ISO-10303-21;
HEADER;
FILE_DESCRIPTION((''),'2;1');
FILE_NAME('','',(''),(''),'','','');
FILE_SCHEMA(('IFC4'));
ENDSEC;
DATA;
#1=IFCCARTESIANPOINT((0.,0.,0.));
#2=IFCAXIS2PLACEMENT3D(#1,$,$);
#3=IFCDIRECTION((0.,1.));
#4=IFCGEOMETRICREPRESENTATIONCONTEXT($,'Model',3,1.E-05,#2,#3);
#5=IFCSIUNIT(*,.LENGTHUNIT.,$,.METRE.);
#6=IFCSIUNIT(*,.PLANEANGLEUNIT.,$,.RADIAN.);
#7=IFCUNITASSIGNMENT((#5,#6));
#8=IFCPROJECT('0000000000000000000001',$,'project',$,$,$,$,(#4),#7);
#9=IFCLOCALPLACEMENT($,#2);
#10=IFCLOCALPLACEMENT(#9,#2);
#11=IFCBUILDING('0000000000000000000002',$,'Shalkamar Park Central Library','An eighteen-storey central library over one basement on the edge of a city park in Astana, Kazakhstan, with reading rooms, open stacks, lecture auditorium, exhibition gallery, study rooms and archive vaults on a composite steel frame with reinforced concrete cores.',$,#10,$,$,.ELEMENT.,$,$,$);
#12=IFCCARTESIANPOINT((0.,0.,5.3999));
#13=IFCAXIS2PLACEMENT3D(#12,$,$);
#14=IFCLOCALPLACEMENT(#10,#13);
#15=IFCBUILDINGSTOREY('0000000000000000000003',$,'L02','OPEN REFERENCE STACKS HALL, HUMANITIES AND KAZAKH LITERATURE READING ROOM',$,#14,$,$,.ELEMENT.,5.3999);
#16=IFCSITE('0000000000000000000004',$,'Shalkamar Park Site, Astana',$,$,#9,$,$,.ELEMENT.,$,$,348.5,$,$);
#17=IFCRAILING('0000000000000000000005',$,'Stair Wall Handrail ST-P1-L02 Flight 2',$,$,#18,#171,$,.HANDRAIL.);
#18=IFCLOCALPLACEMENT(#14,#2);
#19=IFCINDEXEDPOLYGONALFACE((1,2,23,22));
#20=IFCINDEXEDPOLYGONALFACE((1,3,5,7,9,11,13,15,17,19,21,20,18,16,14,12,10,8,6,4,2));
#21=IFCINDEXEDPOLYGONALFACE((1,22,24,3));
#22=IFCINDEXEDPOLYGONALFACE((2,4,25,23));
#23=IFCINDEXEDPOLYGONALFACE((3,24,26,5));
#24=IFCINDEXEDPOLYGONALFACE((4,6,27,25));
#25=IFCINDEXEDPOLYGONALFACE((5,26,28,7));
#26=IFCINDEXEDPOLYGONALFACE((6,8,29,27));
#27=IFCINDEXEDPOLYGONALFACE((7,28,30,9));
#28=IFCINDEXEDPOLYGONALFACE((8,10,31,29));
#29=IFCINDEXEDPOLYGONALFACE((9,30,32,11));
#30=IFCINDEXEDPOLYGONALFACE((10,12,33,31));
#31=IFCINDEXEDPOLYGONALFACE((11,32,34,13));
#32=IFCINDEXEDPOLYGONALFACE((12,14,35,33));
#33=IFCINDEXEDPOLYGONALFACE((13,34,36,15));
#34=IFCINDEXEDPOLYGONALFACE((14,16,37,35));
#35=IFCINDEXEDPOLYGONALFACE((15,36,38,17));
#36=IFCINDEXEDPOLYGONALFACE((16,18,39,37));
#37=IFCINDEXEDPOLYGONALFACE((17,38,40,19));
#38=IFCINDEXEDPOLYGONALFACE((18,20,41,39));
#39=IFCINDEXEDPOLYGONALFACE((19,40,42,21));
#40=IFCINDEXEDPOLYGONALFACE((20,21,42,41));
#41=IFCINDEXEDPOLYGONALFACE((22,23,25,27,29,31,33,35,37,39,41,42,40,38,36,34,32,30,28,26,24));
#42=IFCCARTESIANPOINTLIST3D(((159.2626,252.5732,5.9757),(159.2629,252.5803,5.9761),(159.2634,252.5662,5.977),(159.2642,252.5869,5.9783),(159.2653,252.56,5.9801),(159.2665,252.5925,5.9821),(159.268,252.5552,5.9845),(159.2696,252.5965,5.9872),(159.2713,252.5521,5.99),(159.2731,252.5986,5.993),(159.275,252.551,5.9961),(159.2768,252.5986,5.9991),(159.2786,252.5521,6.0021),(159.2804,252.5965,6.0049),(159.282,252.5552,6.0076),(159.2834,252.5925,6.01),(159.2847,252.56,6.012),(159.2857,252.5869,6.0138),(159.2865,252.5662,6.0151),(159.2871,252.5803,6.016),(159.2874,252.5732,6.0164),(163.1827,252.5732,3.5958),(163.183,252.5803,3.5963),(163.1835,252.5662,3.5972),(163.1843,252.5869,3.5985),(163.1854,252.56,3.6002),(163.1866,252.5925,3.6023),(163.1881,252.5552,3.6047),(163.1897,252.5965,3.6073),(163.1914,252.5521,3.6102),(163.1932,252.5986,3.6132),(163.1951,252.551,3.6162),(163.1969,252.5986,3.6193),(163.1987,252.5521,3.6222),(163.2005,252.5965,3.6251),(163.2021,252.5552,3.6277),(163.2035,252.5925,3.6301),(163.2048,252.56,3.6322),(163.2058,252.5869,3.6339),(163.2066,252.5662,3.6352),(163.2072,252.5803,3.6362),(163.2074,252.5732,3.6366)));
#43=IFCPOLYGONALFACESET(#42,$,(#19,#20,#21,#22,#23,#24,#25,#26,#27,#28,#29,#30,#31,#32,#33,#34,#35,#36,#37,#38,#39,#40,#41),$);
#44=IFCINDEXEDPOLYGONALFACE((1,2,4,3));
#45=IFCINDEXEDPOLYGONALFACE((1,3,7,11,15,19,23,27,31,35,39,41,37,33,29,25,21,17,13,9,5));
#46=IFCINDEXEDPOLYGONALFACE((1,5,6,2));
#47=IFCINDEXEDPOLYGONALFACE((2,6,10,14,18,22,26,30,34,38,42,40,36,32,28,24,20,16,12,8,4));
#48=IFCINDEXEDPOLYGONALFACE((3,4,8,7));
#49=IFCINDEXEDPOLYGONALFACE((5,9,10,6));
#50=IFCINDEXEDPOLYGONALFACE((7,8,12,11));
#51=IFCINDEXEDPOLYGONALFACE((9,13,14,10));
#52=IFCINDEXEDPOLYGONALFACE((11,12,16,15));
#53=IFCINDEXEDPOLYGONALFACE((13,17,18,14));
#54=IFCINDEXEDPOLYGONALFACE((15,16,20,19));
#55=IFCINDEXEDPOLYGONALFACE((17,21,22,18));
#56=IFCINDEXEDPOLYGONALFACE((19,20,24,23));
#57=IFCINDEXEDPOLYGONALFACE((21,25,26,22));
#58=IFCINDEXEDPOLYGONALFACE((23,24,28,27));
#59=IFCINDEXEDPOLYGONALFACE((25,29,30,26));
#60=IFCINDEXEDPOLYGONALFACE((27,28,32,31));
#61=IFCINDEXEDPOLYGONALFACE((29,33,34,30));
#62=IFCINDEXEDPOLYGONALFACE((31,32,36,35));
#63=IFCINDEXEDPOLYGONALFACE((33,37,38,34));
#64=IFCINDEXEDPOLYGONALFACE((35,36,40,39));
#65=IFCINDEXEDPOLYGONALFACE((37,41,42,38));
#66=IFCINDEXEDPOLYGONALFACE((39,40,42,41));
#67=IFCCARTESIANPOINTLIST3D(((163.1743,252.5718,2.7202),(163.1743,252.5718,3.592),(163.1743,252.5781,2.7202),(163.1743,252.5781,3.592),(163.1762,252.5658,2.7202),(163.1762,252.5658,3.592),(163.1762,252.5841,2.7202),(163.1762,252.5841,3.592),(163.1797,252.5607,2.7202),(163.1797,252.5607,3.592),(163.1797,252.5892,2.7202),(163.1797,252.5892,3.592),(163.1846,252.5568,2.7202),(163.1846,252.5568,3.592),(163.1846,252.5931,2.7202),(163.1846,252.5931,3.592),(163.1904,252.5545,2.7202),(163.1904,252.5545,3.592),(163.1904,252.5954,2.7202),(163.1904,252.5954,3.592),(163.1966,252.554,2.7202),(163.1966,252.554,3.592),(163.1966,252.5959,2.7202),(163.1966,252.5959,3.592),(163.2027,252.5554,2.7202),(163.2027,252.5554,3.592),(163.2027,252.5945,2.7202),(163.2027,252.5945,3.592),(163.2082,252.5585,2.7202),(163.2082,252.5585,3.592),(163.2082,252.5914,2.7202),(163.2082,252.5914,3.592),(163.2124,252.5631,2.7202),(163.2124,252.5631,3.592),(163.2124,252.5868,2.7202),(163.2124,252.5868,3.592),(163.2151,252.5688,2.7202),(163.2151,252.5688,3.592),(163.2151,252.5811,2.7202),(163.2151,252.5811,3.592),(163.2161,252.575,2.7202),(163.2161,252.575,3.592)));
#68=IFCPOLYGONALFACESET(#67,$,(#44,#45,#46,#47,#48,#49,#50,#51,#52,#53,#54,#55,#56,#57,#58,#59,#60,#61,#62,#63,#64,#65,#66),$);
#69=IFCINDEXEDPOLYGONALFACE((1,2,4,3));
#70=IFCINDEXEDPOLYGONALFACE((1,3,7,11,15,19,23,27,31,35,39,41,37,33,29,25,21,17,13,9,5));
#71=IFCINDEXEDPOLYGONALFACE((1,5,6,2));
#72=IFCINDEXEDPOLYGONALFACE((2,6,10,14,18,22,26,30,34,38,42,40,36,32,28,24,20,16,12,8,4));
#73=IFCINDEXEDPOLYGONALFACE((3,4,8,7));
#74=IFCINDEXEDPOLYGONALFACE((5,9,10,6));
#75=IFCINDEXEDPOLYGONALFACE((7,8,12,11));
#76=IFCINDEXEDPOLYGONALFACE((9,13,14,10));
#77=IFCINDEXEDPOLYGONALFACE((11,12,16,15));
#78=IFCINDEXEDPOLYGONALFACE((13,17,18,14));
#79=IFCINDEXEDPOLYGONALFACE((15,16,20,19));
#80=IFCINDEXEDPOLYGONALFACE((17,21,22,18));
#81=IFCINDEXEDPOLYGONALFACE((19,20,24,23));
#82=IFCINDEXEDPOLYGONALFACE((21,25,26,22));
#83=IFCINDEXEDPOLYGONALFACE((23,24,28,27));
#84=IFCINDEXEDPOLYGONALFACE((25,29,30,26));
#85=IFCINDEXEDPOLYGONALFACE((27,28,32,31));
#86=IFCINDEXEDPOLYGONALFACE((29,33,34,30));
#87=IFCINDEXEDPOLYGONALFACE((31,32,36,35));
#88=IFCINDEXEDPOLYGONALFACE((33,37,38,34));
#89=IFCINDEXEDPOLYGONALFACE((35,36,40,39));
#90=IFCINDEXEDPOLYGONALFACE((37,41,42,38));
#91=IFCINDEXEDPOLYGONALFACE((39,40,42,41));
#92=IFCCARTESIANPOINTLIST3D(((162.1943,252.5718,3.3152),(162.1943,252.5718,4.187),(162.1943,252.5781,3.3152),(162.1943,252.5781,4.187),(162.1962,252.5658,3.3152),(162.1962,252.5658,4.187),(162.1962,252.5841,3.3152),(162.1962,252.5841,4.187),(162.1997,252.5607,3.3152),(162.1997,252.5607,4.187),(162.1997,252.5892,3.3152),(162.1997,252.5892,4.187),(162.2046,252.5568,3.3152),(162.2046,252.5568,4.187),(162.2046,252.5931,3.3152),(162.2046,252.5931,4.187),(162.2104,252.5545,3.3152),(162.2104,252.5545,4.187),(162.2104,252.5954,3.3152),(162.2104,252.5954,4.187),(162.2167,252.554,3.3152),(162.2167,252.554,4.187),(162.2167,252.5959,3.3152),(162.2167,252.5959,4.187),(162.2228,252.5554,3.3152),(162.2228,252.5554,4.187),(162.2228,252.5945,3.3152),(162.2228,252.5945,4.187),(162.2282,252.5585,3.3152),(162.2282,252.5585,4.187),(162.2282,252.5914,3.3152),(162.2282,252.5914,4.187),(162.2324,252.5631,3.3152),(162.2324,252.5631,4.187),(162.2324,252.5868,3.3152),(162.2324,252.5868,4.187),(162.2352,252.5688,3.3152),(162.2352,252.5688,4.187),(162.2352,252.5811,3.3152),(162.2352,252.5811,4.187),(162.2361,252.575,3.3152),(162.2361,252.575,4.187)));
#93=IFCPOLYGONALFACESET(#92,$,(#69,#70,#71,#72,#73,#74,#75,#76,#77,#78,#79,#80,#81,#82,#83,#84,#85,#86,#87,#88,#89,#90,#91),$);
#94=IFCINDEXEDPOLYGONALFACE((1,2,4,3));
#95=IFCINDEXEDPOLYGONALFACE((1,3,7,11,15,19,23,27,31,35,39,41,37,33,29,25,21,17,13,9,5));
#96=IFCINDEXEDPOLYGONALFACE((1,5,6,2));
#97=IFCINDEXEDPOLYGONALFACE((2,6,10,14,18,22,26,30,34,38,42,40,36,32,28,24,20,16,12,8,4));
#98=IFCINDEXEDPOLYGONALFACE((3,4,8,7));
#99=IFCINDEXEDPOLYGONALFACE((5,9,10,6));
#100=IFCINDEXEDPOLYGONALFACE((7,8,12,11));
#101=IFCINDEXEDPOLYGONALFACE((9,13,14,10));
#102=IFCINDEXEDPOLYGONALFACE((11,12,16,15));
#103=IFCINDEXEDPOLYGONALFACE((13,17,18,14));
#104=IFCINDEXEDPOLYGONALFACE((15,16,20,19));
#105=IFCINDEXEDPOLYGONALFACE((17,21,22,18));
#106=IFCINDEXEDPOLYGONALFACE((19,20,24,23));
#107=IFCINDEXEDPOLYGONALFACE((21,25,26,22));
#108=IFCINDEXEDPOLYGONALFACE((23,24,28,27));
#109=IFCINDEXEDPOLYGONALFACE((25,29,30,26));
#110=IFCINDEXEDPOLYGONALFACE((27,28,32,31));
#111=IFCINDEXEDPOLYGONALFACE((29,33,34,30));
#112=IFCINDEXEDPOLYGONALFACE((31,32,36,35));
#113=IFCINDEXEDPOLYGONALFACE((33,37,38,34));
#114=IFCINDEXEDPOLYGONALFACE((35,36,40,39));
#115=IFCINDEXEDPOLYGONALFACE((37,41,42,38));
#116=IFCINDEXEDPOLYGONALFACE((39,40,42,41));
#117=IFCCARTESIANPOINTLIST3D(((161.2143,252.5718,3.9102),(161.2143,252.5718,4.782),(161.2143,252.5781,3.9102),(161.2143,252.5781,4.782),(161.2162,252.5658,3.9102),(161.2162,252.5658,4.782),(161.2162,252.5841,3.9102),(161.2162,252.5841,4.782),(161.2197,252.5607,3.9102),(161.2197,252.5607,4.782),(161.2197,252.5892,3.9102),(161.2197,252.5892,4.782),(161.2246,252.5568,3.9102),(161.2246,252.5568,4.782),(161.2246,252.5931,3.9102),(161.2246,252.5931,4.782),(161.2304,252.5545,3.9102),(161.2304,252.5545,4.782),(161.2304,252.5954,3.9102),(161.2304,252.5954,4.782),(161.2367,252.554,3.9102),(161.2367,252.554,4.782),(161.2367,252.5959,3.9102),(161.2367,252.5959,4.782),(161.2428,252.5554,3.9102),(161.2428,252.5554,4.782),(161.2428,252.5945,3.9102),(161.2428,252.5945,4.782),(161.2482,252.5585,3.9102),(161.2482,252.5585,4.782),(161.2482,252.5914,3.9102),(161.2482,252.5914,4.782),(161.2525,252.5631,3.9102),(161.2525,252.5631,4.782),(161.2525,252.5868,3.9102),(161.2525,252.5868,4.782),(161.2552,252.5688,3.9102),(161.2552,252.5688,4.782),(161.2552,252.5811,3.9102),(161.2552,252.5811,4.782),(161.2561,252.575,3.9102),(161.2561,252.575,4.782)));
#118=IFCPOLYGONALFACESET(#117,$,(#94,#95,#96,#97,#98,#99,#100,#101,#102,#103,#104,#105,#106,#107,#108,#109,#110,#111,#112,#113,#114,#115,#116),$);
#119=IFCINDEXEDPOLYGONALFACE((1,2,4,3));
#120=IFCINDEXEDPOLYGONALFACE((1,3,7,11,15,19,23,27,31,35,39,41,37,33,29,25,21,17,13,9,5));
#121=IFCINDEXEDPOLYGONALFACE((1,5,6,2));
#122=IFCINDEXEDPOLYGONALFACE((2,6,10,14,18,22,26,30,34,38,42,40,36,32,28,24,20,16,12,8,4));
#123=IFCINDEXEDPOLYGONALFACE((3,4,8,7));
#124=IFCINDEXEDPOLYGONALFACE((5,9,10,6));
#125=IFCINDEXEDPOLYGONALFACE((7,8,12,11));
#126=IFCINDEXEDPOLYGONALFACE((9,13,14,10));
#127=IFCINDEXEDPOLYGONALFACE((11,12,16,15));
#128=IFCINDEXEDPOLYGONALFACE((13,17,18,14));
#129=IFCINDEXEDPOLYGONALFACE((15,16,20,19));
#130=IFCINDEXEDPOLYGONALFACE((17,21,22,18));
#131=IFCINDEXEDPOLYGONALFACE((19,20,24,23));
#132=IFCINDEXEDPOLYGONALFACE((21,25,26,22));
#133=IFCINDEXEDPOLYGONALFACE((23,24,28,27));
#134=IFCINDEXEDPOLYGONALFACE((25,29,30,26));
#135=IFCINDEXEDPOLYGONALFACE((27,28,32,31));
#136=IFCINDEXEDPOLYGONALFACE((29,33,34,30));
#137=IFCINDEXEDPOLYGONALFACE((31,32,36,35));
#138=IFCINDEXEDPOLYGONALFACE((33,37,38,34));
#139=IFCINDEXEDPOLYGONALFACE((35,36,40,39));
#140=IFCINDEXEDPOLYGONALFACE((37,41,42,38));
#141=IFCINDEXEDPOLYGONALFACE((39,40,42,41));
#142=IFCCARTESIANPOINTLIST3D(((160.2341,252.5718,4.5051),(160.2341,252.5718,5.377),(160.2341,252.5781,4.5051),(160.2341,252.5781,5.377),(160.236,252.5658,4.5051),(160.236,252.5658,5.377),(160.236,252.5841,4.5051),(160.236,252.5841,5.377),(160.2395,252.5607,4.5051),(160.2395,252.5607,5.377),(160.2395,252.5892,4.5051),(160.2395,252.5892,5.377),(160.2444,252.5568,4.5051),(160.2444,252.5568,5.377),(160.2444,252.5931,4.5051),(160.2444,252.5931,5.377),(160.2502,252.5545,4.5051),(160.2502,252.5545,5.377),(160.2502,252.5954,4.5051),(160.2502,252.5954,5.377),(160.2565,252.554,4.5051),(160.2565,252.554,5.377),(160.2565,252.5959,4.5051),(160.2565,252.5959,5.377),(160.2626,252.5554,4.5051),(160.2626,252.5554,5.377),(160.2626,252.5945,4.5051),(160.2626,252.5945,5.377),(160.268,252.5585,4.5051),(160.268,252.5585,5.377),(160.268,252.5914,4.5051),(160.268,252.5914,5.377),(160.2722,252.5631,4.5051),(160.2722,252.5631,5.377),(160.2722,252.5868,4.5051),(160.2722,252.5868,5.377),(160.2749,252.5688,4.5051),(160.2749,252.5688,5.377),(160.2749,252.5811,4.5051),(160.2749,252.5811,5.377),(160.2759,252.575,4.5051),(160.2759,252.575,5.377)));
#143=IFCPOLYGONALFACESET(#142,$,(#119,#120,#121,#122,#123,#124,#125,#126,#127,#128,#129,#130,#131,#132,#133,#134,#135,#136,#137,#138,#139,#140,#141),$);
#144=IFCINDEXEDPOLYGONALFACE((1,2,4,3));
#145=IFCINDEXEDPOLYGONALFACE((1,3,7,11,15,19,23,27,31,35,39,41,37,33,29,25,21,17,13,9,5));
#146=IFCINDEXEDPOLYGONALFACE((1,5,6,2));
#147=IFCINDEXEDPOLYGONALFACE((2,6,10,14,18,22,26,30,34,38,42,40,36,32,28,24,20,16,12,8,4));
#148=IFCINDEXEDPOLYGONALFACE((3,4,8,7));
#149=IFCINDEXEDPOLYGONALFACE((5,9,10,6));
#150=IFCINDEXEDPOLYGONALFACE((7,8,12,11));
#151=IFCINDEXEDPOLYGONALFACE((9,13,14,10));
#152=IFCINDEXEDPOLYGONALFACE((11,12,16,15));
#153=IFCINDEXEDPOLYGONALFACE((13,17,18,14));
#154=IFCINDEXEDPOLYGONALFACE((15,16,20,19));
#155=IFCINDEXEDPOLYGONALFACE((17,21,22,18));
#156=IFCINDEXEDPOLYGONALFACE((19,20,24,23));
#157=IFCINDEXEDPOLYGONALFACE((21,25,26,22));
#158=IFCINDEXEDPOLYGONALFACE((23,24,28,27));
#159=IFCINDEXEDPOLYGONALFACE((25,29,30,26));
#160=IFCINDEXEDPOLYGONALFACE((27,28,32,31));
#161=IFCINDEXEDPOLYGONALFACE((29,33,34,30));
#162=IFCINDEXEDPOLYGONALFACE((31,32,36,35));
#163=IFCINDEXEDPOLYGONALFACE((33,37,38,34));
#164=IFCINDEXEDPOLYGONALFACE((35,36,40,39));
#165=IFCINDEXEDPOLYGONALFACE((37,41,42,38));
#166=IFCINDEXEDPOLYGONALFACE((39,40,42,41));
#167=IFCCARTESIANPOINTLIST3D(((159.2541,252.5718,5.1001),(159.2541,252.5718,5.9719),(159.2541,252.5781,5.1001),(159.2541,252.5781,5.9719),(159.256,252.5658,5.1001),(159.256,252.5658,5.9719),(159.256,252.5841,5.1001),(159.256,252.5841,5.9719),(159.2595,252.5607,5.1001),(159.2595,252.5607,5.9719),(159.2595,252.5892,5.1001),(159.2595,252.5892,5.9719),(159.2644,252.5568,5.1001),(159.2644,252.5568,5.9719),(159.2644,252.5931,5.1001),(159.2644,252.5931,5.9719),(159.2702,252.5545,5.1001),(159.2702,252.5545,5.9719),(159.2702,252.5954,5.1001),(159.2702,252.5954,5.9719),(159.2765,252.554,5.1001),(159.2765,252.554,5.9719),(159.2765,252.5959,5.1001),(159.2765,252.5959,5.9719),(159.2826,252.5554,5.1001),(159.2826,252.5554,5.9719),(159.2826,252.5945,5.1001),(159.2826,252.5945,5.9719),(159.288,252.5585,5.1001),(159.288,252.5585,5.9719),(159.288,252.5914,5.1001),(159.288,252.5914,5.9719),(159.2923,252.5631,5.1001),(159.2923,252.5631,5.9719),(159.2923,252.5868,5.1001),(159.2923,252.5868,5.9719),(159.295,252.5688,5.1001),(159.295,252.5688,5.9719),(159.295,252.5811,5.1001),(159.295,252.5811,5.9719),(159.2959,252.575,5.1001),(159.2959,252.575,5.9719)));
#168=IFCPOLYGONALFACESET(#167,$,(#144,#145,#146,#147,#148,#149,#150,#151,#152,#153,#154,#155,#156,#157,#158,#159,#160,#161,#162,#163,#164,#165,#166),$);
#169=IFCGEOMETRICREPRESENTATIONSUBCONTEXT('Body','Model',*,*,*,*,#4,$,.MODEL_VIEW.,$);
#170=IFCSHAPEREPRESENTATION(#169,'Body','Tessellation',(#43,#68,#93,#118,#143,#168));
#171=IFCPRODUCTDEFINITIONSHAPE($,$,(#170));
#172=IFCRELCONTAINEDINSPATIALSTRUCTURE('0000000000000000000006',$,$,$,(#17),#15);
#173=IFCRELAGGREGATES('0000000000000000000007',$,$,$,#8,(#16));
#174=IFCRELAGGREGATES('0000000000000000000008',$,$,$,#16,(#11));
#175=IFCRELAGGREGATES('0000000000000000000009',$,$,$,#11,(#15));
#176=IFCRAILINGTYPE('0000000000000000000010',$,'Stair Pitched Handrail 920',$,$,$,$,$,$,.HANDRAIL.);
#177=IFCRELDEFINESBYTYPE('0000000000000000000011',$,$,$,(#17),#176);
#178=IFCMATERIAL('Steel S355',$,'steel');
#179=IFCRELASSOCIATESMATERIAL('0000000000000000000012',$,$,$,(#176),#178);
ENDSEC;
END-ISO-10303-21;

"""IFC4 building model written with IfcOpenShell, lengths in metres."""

from ifc_helpers import new_model, si_unit, direction, frame, origin, origin_2d, place, context, subcontext, project, spatial, circle, extrude, material, type_object, element, save


model = new_model("IFC4")

# Units and contexts
model_context = context("Model", 3, precision=1e-05, world=origin(), true_north=direction((0.0, 1.0)))
body_context = subcontext(model_context, "Body", "Model", "MODEL_VIEW")
ifc_project = project(units=[si_unit("LENGTHUNIT", "METRE"), si_unit("PLANEANGLEUNIT", "RADIAN")], contexts=[model_context])

# Site, building, storey
site_placement = place(None, origin())
site = spatial("IfcSite", under=ifc_project, at=site_placement, Name="Shalkamar Park Site, Astana", CompositionType="ELEMENT", RefElevation=348.5)
building_placement = place(site_placement, origin())
building = spatial("IfcBuilding", under=site, at=building_placement, Name="Shalkamar Park Central Library", Description="An eighteen-storey central library over one basement on the edge of a city park in Astana, Kazakhstan, with reading rooms, open stacks, lecture auditorium, exhibition gallery, study rooms and archive vaults on a composite steel frame with reinforced concrete cores.", CompositionType="ELEMENT")
storey_placement = place(building_placement, frame((0.0, 0.0, 5.3999)))
storey = spatial("IfcBuildingStorey", under=building, at=storey_placement, Name="L02", Description="OPEN REFERENCE STACKS HALL, HUMANITIES AND KAZAKH LITERATURE READING ROOM", CompositionType="ELEMENT", Elevation=5.3999)

# Shared definitions
ifc_material_1 = material(Name="Steel S355", Category="steel")

# Railing
railing_type = type_object("IfcRailingType", Name="Stair Pitched Handrail 920", PredefinedType="HANDRAIL", material=ifc_material_1)
railing_placement = place(storey_placement, frame((163.1951, 252.575, 2.7202)))
element("IfcRailing", 1, at=railing_placement, inside=storey, type_object=railing_type, Name="Stair Wall Handrail ST-P1-L02 Flight 2", PredefinedType="HANDRAIL", context=body_context, shape_type="SweptSolid", body=[
    extrude(circle(Radius=0.0239, at=origin_2d()), frame((0.0, 0.0, 0.896), z_axis=(-0.854809, 0.0, 0.518943), x_axis=(0.0, -1.0, 0.0)), (0.0, 0.0, 1.0), 4.5859),
    extrude(circle(Radius=0.021, at=origin_2d()), origin(), (0.0, 0.0, 1.0), 0.8718),
    extrude(circle(Radius=0.021, at=origin_2d()), frame((-0.98, 0.0, 0.595)), (0.0, 0.0, 1.0), 0.8718),
    extrude(circle(Radius=0.021, at=origin_2d()), frame((-1.96, 0.0, 1.1899)), (0.0, 0.0, 1.0), 0.8718),
    extrude(circle(Radius=0.021, at=origin_2d()), frame((-2.9402, 0.0, 1.7849)), (0.0, 0.0, 1.0), 0.8718),
    extrude(circle(Radius=0.021, at=origin_2d()), frame((-3.9202, 0.0, 2.3799)), (0.0, 0.0, 1.0), 0.8718),
])

save(model, "model.ifc")
